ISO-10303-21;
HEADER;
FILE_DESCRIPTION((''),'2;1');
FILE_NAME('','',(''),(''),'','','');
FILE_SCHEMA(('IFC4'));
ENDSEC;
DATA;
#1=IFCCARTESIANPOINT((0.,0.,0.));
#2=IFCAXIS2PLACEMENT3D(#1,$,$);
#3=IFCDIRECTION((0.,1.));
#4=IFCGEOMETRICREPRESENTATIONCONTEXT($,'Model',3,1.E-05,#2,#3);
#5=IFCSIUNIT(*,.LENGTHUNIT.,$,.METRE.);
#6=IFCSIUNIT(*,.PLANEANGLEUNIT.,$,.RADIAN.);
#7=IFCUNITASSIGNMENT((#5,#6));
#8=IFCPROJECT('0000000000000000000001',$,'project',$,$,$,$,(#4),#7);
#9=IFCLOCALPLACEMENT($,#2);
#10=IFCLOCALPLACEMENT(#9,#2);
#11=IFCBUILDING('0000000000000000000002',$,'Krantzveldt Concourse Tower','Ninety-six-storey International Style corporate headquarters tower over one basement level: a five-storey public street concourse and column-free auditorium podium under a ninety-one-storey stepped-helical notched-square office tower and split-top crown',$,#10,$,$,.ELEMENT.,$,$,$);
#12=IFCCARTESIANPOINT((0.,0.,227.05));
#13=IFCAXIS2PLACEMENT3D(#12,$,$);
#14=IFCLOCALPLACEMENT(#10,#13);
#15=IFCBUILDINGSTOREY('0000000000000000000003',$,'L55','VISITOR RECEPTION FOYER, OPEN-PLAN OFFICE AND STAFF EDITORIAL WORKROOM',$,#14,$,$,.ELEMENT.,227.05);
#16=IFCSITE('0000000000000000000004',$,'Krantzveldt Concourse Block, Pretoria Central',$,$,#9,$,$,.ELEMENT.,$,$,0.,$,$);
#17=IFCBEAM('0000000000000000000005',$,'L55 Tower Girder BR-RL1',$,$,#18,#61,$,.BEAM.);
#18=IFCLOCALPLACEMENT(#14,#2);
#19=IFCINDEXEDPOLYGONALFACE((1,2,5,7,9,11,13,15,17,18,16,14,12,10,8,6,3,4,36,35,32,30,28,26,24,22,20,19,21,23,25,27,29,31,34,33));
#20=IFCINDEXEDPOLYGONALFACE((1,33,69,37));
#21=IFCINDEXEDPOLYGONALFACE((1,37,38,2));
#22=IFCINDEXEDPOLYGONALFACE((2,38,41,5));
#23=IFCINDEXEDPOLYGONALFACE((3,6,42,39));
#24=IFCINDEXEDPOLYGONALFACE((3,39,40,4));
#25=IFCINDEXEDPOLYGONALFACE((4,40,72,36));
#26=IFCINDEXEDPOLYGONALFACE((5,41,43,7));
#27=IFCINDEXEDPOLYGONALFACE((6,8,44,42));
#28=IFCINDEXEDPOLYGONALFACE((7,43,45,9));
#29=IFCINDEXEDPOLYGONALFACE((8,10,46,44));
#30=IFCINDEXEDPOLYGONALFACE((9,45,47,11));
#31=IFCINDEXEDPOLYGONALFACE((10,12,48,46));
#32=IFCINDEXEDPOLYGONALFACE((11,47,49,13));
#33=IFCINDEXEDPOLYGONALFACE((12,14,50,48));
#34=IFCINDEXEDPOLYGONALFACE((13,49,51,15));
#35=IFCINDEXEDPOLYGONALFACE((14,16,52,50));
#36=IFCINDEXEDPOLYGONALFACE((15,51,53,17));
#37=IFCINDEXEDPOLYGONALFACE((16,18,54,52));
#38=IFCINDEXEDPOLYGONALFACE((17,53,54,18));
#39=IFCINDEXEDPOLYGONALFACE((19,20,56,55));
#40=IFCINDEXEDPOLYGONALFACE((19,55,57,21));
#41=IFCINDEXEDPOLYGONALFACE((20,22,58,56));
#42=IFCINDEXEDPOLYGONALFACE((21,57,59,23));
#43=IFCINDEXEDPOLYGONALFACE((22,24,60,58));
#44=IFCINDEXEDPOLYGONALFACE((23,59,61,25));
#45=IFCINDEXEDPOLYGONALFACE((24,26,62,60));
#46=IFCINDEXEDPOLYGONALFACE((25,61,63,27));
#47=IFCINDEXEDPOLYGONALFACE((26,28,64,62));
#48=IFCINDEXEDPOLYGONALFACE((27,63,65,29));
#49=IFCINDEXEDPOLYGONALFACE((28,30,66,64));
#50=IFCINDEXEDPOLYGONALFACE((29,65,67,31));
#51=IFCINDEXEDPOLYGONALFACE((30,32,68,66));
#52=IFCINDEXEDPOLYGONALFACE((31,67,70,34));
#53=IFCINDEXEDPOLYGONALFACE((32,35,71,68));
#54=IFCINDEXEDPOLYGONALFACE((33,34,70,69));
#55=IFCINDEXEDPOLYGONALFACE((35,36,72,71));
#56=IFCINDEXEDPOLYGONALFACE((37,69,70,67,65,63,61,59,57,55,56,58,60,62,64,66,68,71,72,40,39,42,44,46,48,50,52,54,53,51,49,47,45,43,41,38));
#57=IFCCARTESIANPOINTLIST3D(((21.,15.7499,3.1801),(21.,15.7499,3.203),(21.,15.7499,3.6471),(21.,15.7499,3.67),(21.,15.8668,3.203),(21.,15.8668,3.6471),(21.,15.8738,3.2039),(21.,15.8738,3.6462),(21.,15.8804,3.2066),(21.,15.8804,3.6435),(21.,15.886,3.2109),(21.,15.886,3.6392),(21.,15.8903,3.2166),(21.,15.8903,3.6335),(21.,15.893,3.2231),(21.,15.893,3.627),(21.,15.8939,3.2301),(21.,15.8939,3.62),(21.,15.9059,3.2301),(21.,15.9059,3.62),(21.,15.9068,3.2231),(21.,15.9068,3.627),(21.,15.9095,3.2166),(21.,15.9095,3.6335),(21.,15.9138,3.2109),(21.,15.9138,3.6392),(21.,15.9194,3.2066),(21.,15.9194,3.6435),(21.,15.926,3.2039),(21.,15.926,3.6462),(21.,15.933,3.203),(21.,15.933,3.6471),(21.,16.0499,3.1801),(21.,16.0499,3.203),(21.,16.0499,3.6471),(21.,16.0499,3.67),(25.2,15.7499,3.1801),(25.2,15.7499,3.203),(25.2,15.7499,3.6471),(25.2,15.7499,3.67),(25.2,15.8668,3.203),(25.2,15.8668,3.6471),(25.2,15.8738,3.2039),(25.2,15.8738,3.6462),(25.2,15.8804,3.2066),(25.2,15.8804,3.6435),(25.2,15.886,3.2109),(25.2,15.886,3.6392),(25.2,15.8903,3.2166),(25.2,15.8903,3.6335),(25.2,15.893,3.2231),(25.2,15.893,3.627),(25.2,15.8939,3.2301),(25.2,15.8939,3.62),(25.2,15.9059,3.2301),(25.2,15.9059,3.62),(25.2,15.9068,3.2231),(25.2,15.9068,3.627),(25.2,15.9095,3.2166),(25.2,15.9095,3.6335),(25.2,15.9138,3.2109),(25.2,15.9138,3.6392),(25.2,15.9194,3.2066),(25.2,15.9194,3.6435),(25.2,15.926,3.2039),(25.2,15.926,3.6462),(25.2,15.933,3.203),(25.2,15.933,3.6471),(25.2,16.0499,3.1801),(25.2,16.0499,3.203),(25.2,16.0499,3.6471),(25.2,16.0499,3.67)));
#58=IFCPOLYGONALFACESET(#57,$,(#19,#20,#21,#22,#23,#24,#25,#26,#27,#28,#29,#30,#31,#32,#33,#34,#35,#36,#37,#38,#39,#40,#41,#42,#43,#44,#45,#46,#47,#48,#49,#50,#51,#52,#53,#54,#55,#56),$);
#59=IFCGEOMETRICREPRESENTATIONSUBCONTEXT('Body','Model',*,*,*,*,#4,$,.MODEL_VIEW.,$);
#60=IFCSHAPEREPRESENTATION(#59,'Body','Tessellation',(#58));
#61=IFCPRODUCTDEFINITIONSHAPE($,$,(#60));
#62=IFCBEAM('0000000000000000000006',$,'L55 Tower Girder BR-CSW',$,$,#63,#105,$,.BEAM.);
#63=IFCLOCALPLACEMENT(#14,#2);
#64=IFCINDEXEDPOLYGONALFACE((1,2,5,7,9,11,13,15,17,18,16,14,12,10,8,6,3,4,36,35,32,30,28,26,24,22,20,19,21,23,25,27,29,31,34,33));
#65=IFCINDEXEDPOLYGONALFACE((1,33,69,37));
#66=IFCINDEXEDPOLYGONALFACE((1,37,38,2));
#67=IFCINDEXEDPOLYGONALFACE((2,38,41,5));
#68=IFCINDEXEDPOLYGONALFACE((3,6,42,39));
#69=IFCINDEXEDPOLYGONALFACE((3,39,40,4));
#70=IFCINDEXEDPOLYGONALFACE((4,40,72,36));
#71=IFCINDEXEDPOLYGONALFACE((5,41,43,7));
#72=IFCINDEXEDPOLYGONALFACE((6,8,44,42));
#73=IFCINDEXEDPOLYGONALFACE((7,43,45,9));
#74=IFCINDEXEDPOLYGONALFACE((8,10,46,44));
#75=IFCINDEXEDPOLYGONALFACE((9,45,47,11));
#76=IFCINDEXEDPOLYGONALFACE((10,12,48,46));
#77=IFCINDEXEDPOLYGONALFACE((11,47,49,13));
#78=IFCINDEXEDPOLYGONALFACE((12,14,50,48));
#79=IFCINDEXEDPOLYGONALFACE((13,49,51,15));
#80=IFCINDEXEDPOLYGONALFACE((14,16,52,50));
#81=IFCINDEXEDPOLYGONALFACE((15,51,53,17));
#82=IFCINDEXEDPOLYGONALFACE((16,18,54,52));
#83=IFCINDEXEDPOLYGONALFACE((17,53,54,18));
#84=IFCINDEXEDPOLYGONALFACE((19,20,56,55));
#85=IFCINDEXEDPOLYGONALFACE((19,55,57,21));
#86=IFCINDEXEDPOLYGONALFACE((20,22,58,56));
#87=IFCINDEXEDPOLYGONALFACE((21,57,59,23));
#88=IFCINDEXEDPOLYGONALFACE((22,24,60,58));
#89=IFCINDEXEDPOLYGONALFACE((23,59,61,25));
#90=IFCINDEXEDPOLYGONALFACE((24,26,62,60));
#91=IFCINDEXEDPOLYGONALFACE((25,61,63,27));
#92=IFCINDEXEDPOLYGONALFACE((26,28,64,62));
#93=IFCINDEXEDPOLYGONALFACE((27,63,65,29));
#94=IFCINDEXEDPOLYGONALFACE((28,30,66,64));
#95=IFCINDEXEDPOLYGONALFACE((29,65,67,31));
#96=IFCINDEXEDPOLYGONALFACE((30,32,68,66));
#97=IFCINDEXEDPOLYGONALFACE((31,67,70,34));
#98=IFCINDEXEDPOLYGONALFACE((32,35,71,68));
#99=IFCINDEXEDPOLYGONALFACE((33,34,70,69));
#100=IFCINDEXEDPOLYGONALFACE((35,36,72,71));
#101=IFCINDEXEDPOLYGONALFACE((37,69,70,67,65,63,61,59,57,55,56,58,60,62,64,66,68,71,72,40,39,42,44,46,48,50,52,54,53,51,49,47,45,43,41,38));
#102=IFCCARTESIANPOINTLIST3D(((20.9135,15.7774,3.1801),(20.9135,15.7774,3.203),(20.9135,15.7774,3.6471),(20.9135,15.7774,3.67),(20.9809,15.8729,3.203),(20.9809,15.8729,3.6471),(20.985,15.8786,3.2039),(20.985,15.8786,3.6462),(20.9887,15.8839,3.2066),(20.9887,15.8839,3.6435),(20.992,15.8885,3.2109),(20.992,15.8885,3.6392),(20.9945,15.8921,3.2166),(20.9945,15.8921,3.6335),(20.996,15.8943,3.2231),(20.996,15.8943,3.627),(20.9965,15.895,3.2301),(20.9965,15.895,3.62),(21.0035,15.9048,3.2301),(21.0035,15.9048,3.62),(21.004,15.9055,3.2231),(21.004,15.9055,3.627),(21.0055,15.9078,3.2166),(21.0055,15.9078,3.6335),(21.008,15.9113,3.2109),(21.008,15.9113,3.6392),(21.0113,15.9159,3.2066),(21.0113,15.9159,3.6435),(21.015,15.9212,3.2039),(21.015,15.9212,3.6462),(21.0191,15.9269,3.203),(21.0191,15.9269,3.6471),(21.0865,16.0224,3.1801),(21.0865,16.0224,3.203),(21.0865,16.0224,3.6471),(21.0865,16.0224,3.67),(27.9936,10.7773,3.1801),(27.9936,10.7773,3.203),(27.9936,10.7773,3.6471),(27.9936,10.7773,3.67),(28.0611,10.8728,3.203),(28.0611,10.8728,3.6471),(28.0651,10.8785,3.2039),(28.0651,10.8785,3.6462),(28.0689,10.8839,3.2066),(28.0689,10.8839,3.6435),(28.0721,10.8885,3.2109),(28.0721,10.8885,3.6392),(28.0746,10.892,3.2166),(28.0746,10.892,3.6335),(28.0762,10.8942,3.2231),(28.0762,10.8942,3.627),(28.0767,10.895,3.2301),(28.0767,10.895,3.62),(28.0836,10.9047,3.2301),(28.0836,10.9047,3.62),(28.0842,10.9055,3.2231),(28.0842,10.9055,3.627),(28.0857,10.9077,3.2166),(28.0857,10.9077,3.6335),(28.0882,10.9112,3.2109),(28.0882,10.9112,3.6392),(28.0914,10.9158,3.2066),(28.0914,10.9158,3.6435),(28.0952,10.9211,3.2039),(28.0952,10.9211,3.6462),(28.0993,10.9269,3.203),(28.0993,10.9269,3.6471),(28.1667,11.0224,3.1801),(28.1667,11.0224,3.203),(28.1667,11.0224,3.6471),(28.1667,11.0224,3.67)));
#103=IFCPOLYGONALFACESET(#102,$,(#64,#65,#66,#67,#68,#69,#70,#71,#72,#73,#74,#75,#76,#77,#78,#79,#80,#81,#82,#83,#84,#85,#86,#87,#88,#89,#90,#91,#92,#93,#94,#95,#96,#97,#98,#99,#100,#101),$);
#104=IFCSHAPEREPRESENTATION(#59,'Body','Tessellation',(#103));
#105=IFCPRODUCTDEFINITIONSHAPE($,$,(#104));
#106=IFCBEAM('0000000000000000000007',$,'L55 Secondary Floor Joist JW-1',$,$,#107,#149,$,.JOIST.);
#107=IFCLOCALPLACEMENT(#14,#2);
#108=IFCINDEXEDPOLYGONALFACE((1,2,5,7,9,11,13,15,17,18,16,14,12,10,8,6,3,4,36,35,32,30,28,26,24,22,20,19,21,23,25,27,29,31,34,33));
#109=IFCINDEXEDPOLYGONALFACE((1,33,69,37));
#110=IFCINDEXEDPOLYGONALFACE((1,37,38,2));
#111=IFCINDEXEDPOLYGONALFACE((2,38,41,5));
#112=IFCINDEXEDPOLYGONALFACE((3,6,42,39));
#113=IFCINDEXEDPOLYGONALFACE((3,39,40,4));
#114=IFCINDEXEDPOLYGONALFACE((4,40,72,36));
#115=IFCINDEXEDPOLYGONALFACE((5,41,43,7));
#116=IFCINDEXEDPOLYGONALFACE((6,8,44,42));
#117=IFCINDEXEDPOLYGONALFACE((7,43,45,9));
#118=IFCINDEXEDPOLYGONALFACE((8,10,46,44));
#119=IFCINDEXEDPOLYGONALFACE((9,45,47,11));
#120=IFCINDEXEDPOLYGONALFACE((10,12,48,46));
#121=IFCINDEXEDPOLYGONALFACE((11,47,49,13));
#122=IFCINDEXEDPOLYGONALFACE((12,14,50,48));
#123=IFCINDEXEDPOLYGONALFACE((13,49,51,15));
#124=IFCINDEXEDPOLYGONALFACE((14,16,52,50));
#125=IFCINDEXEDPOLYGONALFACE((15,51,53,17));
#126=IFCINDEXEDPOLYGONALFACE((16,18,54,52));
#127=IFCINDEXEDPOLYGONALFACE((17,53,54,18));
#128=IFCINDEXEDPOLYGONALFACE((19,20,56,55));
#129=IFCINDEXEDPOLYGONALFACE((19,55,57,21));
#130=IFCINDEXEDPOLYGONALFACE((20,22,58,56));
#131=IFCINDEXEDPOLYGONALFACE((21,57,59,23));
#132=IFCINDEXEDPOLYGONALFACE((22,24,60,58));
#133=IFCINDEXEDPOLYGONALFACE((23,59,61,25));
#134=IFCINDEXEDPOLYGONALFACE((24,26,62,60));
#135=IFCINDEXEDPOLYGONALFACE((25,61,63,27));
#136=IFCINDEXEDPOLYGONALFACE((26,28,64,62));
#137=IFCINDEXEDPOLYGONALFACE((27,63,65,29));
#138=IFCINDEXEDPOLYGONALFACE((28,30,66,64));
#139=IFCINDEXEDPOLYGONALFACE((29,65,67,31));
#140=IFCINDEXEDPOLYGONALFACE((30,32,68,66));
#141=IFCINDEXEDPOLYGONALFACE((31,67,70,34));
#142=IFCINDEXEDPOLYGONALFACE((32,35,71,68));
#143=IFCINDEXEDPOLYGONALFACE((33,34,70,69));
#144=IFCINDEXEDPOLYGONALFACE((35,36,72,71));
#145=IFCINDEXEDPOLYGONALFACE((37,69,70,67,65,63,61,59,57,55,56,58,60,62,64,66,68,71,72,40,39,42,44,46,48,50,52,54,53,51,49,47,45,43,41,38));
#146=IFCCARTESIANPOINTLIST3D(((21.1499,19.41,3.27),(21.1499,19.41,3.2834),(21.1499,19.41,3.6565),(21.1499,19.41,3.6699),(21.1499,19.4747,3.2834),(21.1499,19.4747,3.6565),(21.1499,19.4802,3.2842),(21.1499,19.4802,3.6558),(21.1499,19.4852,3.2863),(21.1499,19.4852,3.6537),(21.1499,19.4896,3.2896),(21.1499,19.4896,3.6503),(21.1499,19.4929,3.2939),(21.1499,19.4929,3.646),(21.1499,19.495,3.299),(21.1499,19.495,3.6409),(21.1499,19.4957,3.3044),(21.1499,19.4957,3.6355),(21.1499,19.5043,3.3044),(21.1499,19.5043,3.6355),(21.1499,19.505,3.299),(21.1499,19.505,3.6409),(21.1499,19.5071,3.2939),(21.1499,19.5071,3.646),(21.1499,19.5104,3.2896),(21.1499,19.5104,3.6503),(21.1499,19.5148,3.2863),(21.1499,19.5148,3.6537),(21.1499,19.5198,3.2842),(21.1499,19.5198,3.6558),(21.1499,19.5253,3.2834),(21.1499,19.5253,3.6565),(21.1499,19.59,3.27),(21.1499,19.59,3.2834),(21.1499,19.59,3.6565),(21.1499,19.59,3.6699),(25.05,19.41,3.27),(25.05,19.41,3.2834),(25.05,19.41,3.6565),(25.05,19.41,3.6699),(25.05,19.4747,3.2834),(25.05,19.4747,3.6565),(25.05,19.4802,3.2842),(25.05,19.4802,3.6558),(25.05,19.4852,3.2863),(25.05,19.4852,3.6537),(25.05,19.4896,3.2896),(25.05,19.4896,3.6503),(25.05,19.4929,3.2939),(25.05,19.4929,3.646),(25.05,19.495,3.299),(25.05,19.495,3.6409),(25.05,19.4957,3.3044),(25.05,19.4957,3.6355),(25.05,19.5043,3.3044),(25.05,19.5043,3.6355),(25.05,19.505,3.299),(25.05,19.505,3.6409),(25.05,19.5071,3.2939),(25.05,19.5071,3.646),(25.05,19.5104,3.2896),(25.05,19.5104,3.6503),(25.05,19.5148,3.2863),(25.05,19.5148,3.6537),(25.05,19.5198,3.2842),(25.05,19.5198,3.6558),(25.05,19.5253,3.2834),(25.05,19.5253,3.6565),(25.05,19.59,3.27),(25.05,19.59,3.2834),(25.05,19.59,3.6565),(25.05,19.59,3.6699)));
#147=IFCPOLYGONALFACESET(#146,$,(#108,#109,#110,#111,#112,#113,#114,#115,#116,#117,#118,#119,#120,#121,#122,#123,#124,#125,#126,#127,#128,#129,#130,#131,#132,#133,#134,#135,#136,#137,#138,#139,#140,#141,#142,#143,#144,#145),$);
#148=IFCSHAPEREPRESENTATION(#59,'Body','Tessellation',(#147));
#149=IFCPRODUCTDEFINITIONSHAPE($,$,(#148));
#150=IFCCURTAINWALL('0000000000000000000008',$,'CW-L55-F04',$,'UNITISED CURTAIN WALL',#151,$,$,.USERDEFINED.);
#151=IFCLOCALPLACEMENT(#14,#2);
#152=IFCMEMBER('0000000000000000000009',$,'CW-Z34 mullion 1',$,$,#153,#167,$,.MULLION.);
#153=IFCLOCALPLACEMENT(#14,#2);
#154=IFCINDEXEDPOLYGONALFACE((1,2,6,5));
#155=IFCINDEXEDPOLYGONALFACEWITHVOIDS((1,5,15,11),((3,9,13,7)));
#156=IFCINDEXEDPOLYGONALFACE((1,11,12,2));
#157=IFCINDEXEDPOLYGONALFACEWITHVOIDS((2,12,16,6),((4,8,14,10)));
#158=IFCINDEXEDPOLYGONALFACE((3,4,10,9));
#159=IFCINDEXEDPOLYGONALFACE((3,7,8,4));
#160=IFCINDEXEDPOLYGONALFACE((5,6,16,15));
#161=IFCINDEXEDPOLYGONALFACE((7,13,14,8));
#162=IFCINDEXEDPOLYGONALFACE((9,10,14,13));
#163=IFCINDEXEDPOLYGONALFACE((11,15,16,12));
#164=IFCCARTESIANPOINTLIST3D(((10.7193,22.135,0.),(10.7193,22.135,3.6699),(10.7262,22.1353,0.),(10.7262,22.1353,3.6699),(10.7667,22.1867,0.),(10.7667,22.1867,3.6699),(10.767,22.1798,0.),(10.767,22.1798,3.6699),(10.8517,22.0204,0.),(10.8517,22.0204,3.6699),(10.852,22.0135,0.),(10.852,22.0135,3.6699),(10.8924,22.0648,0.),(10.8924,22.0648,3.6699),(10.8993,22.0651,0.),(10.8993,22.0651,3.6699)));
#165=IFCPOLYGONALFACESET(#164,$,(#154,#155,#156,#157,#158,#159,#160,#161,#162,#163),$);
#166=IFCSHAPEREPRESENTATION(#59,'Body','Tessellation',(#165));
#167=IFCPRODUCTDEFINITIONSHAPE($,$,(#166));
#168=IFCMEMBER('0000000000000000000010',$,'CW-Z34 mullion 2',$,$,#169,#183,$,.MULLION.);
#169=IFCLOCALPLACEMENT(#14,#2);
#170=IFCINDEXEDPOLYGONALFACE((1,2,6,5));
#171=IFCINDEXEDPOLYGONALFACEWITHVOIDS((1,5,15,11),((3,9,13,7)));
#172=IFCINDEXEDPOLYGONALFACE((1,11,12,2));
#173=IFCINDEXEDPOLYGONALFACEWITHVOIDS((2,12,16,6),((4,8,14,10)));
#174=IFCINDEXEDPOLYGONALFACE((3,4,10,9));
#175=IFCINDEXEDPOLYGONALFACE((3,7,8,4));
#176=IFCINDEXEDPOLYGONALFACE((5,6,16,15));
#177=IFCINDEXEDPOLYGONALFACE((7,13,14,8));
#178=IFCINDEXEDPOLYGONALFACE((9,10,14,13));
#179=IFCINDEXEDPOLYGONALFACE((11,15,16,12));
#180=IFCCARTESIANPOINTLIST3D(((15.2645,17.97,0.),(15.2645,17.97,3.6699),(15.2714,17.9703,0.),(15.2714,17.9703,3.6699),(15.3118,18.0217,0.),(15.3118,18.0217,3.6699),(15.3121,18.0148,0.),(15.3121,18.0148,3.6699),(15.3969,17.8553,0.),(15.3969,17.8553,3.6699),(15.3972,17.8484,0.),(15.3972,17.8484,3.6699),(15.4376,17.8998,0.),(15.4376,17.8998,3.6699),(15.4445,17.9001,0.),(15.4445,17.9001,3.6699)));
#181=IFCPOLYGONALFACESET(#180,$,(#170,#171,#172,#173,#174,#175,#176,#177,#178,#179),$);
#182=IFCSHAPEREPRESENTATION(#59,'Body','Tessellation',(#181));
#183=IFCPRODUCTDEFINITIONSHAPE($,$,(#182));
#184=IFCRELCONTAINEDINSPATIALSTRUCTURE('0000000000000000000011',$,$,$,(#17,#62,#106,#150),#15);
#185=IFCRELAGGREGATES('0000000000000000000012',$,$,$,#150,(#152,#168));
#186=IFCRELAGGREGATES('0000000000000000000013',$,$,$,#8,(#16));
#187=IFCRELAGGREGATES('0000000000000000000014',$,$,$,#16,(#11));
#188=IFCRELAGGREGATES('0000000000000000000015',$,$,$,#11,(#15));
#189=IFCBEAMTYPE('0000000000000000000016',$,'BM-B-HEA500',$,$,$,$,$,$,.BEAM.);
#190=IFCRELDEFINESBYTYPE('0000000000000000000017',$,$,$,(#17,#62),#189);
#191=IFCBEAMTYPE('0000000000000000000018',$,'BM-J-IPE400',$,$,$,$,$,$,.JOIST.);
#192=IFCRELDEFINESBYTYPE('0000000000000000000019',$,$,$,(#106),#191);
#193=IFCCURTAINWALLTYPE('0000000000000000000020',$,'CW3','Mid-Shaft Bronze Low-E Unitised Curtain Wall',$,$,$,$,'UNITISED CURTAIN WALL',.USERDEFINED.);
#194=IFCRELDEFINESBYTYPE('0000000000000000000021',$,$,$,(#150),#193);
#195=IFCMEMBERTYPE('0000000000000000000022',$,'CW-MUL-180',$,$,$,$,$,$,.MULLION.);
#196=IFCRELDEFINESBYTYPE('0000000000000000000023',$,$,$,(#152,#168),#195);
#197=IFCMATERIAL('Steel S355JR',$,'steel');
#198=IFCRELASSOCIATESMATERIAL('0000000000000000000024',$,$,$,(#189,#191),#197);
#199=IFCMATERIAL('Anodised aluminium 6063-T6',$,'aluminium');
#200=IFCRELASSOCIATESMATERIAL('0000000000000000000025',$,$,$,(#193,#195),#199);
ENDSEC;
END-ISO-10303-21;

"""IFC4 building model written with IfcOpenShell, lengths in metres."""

from ifc_helpers import new_model, si_unit, direction, frame, origin, origin_2d, place, context, subcontext, project, spatial, hollow_rectangle, i_section, extrude, source, transform, mapped, material, material_profile, profile_set, type_object, type_shapes, element, aggregate, save


model = new_model("IFC4")

# Units and contexts
model_context = context("Model", 3, precision=1e-05, world=origin(), true_north=direction((0.0, 1.0)))
body_context = subcontext(model_context, "Body", "Model", "MODEL_VIEW")
ifc_project = project(units=[si_unit("LENGTHUNIT", "METRE"), si_unit("PLANEANGLEUNIT", "RADIAN")], contexts=[model_context])

# Site, building, storey
site_placement = place(None, origin())
site = spatial("IfcSite", under=ifc_project, at=site_placement, Name="Krantzveldt Concourse Block, Pretoria Central", CompositionType="ELEMENT", RefElevation=0.0)
building_placement = place(site_placement, origin())
building = spatial("IfcBuilding", under=site, at=building_placement, Name="Krantzveldt Concourse Tower", Description="Ninety-six-storey International Style corporate headquarters tower over one basement level: a five-storey public street concourse and column-free auditorium podium under a ninety-one-storey stepped-helical notched-square office tower and split-top crown", CompositionType="ELEMENT")
storey_placement = place(building_placement, frame((0.0, 0.0, 227.05)))
storey = spatial("IfcBuildingStorey", under=building, at=storey_placement, Name="L55", Description="VISITOR RECEPTION FOYER, OPEN-PLAN OFFICE AND STAFF EDITORIAL WORKROOM", CompositionType="ELEMENT", Elevation=227.05)

# Beams
ifc_material_1 = material(Name="Steel S355JR", Category="steel")
ifc_material_profile_1 = material_profile(ifc_material_1, i_section(OverallWidth=0.3, OverallDepth=0.49, WebThickness=0.012, FlangeThickness=0.0229, FilletRadius=0.0271, at=origin_2d()), Name="Steel S355JR", Category="steel")
ifc_profile_set_1 = profile_set([ifc_material_profile_1], Name="Steel S355JR - HEA 500")
beam_type_1 = type_object("IfcBeamType", Name="BM-B-HEA500", PredefinedType="BEAM", material=ifc_profile_set_1)
shared_shape_1 = source(origin(), body_context, "Body", "SweptSolid", [
    extrude(i_section(OverallWidth=0.3, OverallDepth=0.49, WebThickness=0.012, FlangeThickness=0.0229, FilletRadius=0.0271, at=origin_2d()), origin(), (0.0, 0.0, 1.0), 4.2),
])
beam_1_placement = place(storey_placement, frame((21.0, 15.8999, 3.425), z_axis=(1.0, 0.0, 0.0), x_axis=(0.0, 1.0, 0.0)))
element("IfcBeam", 1, at=beam_1_placement, inside=storey, type_object=beam_type_1, Name="L55 Tower Girder BR-RL1", PredefinedType="BEAM", context=body_context, shape_type="MappedRepresentation", body=[
    mapped(shared_shape_1, transform((0.0, 0.0, 0.0), x_axis=(1.0, 0.0, 0.0), y_axis=(0.0, 1.0, 0.0), z_axis=(0.0, 0.0, 1.0), scale=1.0)),
])
shared_shape_2 = source(origin(), body_context, "Body", "SweptSolid", [
    extrude(i_section(OverallWidth=0.3, OverallDepth=0.49, WebThickness=0.012, FlangeThickness=0.0229, FilletRadius=0.0271, at=origin_2d()), origin(), (0.0, 0.0, 1.0), 8.6677),
])
type_shapes(beam_type_1, [shared_shape_1, shared_shape_2])
beam_2_placement = place(storey_placement, frame((21.0, 15.8999, 3.425), z_axis=(0.816843, -0.57686, 0.0), x_axis=(0.57686, 0.816843, 0.0)))
element("IfcBeam", 2, at=beam_2_placement, inside=storey, type_object=beam_type_1, Name="L55 Tower Girder BR-CSW", PredefinedType="BEAM", context=body_context, shape_type="MappedRepresentation", body=[
    mapped(shared_shape_2, transform((0.0, 0.0, 0.0), x_axis=(1.0, 0.0, 0.0), y_axis=(0.0, 1.0, 0.0), z_axis=(0.0, 0.0, 1.0), scale=1.0)),
])
ifc_material_profile_2 = material_profile(ifc_material_1, i_section(OverallWidth=0.1799, OverallDepth=0.3999, WebThickness=0.0085, FlangeThickness=0.0134, FilletRadius=0.021, at=origin_2d()), Name="Steel S355JR", Category="steel")
ifc_profile_set_2 = profile_set([ifc_material_profile_2], Name="Steel S355JR - IPE 400")
beam_type_2 = type_object("IfcBeamType", Name="BM-J-IPE400", PredefinedType="JOIST", material=ifc_profile_set_2)
shared_shape_3 = source(origin(), body_context, "Body", "SweptSolid", [
    extrude(i_section(OverallWidth=0.1799, OverallDepth=0.3999, WebThickness=0.0085, FlangeThickness=0.0134, FilletRadius=0.021, at=origin_2d()), origin(), (0.0, 0.0, 1.0), 3.9001),
])
type_shapes(beam_type_2, [shared_shape_3])
beam_3_placement = place(storey_placement, frame((21.1499, 19.5, 3.47), z_axis=(1.0, 0.0, 0.0), x_axis=(0.0, 1.0, 0.0)))
element("IfcBeam", 3, at=beam_3_placement, inside=storey, type_object=beam_type_2, Name="L55 Secondary Floor Joist JW-1", PredefinedType="JOIST", context=body_context, shape_type="MappedRepresentation", body=[
    mapped(shared_shape_3, transform((0.0, 0.0, 0.0), x_axis=(1.0, 0.0, 0.0), y_axis=(0.0, 1.0, 0.0), z_axis=(0.0, 0.0, 1.0), scale=1.0)),
])

# Curtain wall, members
ifc_material_2 = material(Name="Anodised aluminium 6063-T6", Category="aluminium")
curtain_wall_type = type_object("IfcCurtainWallType", Name="CW3", Description="Mid-Shaft Bronze Low-E Unitised Curtain Wall", ElementType="UNITISED CURTAIN WALL", PredefinedType="USERDEFINED", material=ifc_material_2)
curtain_wall_placement = place(storey_placement, origin())
curtain_wall = element("IfcCurtainWall", 4, at=curtain_wall_placement, inside=storey, type_object=curtain_wall_type, Name="CW-L55-F04", ObjectType="UNITISED CURTAIN WALL", PredefinedType="USERDEFINED")
ifc_material_profile_3 = material_profile(ifc_material_2, hollow_rectangle(XDim=0.0701, YDim=0.1799, WallThickness=0.0049, at=origin_2d()), Name="Anodised aluminium 6063-T6", Category="aluminium")
ifc_profile_set_3 = profile_set([ifc_material_profile_3], Name="Anodised aluminium 6063-T6 - ALU-MULL 180x70x5")
member_type_1 = type_object("IfcMemberType", Name="CW-MUL-180", PredefinedType="MULLION", material=ifc_profile_set_3)
shared_shape_4 = source(origin(), body_context, "Body", "SweptSolid", [
    extrude(hollow_rectangle(XDim=0.0701, YDim=0.1799, WallThickness=0.0049, at=origin_2d()), origin(), (0.0, 0.0, 1.0), 3.6699),
])
type_shapes(member_type_1, [shared_shape_4])
member_1_placement = place(storey_placement, frame((10.8093, 22.1001, 0.0), z_axis=(0.0, 0.0, 1.0), x_axis=(0.67559, 0.737277, 0.0)))
member_1 = element("IfcMember", 5, at=member_1_placement, type_object=member_type_1, Name="CW-Z34 mullion 1", PredefinedType="MULLION", context=body_context, shape_type="MappedRepresentation", body=[
    mapped(shared_shape_4, transform((0.0, 0.0, 0.0), x_axis=(1.0, 0.0, 0.0), y_axis=(0.0, 1.0, 0.0), z_axis=(0.0, 0.0, 1.0), scale=1.0)),
])
member_2_placement = place(storey_placement, frame((15.3545, 17.9351, 0.0), z_axis=(0.0, 0.0, 1.0), x_axis=(0.67559, 0.737277, 0.0)))
member_2 = element("IfcMember", 6, at=member_2_placement, type_object=member_type_1, Name="CW-Z34 mullion 2", PredefinedType="MULLION", context=body_context, shape_type="MappedRepresentation", body=[
    mapped(shared_shape_4, transform((0.0, 0.0, 0.0), x_axis=(1.0, 0.0, 0.0), y_axis=(0.0, 1.0, 0.0), z_axis=(0.0, 0.0, 1.0), scale=1.0)),
])

aggregate(curtain_wall, [member_1, member_2])

save(model, "model.ifc")
